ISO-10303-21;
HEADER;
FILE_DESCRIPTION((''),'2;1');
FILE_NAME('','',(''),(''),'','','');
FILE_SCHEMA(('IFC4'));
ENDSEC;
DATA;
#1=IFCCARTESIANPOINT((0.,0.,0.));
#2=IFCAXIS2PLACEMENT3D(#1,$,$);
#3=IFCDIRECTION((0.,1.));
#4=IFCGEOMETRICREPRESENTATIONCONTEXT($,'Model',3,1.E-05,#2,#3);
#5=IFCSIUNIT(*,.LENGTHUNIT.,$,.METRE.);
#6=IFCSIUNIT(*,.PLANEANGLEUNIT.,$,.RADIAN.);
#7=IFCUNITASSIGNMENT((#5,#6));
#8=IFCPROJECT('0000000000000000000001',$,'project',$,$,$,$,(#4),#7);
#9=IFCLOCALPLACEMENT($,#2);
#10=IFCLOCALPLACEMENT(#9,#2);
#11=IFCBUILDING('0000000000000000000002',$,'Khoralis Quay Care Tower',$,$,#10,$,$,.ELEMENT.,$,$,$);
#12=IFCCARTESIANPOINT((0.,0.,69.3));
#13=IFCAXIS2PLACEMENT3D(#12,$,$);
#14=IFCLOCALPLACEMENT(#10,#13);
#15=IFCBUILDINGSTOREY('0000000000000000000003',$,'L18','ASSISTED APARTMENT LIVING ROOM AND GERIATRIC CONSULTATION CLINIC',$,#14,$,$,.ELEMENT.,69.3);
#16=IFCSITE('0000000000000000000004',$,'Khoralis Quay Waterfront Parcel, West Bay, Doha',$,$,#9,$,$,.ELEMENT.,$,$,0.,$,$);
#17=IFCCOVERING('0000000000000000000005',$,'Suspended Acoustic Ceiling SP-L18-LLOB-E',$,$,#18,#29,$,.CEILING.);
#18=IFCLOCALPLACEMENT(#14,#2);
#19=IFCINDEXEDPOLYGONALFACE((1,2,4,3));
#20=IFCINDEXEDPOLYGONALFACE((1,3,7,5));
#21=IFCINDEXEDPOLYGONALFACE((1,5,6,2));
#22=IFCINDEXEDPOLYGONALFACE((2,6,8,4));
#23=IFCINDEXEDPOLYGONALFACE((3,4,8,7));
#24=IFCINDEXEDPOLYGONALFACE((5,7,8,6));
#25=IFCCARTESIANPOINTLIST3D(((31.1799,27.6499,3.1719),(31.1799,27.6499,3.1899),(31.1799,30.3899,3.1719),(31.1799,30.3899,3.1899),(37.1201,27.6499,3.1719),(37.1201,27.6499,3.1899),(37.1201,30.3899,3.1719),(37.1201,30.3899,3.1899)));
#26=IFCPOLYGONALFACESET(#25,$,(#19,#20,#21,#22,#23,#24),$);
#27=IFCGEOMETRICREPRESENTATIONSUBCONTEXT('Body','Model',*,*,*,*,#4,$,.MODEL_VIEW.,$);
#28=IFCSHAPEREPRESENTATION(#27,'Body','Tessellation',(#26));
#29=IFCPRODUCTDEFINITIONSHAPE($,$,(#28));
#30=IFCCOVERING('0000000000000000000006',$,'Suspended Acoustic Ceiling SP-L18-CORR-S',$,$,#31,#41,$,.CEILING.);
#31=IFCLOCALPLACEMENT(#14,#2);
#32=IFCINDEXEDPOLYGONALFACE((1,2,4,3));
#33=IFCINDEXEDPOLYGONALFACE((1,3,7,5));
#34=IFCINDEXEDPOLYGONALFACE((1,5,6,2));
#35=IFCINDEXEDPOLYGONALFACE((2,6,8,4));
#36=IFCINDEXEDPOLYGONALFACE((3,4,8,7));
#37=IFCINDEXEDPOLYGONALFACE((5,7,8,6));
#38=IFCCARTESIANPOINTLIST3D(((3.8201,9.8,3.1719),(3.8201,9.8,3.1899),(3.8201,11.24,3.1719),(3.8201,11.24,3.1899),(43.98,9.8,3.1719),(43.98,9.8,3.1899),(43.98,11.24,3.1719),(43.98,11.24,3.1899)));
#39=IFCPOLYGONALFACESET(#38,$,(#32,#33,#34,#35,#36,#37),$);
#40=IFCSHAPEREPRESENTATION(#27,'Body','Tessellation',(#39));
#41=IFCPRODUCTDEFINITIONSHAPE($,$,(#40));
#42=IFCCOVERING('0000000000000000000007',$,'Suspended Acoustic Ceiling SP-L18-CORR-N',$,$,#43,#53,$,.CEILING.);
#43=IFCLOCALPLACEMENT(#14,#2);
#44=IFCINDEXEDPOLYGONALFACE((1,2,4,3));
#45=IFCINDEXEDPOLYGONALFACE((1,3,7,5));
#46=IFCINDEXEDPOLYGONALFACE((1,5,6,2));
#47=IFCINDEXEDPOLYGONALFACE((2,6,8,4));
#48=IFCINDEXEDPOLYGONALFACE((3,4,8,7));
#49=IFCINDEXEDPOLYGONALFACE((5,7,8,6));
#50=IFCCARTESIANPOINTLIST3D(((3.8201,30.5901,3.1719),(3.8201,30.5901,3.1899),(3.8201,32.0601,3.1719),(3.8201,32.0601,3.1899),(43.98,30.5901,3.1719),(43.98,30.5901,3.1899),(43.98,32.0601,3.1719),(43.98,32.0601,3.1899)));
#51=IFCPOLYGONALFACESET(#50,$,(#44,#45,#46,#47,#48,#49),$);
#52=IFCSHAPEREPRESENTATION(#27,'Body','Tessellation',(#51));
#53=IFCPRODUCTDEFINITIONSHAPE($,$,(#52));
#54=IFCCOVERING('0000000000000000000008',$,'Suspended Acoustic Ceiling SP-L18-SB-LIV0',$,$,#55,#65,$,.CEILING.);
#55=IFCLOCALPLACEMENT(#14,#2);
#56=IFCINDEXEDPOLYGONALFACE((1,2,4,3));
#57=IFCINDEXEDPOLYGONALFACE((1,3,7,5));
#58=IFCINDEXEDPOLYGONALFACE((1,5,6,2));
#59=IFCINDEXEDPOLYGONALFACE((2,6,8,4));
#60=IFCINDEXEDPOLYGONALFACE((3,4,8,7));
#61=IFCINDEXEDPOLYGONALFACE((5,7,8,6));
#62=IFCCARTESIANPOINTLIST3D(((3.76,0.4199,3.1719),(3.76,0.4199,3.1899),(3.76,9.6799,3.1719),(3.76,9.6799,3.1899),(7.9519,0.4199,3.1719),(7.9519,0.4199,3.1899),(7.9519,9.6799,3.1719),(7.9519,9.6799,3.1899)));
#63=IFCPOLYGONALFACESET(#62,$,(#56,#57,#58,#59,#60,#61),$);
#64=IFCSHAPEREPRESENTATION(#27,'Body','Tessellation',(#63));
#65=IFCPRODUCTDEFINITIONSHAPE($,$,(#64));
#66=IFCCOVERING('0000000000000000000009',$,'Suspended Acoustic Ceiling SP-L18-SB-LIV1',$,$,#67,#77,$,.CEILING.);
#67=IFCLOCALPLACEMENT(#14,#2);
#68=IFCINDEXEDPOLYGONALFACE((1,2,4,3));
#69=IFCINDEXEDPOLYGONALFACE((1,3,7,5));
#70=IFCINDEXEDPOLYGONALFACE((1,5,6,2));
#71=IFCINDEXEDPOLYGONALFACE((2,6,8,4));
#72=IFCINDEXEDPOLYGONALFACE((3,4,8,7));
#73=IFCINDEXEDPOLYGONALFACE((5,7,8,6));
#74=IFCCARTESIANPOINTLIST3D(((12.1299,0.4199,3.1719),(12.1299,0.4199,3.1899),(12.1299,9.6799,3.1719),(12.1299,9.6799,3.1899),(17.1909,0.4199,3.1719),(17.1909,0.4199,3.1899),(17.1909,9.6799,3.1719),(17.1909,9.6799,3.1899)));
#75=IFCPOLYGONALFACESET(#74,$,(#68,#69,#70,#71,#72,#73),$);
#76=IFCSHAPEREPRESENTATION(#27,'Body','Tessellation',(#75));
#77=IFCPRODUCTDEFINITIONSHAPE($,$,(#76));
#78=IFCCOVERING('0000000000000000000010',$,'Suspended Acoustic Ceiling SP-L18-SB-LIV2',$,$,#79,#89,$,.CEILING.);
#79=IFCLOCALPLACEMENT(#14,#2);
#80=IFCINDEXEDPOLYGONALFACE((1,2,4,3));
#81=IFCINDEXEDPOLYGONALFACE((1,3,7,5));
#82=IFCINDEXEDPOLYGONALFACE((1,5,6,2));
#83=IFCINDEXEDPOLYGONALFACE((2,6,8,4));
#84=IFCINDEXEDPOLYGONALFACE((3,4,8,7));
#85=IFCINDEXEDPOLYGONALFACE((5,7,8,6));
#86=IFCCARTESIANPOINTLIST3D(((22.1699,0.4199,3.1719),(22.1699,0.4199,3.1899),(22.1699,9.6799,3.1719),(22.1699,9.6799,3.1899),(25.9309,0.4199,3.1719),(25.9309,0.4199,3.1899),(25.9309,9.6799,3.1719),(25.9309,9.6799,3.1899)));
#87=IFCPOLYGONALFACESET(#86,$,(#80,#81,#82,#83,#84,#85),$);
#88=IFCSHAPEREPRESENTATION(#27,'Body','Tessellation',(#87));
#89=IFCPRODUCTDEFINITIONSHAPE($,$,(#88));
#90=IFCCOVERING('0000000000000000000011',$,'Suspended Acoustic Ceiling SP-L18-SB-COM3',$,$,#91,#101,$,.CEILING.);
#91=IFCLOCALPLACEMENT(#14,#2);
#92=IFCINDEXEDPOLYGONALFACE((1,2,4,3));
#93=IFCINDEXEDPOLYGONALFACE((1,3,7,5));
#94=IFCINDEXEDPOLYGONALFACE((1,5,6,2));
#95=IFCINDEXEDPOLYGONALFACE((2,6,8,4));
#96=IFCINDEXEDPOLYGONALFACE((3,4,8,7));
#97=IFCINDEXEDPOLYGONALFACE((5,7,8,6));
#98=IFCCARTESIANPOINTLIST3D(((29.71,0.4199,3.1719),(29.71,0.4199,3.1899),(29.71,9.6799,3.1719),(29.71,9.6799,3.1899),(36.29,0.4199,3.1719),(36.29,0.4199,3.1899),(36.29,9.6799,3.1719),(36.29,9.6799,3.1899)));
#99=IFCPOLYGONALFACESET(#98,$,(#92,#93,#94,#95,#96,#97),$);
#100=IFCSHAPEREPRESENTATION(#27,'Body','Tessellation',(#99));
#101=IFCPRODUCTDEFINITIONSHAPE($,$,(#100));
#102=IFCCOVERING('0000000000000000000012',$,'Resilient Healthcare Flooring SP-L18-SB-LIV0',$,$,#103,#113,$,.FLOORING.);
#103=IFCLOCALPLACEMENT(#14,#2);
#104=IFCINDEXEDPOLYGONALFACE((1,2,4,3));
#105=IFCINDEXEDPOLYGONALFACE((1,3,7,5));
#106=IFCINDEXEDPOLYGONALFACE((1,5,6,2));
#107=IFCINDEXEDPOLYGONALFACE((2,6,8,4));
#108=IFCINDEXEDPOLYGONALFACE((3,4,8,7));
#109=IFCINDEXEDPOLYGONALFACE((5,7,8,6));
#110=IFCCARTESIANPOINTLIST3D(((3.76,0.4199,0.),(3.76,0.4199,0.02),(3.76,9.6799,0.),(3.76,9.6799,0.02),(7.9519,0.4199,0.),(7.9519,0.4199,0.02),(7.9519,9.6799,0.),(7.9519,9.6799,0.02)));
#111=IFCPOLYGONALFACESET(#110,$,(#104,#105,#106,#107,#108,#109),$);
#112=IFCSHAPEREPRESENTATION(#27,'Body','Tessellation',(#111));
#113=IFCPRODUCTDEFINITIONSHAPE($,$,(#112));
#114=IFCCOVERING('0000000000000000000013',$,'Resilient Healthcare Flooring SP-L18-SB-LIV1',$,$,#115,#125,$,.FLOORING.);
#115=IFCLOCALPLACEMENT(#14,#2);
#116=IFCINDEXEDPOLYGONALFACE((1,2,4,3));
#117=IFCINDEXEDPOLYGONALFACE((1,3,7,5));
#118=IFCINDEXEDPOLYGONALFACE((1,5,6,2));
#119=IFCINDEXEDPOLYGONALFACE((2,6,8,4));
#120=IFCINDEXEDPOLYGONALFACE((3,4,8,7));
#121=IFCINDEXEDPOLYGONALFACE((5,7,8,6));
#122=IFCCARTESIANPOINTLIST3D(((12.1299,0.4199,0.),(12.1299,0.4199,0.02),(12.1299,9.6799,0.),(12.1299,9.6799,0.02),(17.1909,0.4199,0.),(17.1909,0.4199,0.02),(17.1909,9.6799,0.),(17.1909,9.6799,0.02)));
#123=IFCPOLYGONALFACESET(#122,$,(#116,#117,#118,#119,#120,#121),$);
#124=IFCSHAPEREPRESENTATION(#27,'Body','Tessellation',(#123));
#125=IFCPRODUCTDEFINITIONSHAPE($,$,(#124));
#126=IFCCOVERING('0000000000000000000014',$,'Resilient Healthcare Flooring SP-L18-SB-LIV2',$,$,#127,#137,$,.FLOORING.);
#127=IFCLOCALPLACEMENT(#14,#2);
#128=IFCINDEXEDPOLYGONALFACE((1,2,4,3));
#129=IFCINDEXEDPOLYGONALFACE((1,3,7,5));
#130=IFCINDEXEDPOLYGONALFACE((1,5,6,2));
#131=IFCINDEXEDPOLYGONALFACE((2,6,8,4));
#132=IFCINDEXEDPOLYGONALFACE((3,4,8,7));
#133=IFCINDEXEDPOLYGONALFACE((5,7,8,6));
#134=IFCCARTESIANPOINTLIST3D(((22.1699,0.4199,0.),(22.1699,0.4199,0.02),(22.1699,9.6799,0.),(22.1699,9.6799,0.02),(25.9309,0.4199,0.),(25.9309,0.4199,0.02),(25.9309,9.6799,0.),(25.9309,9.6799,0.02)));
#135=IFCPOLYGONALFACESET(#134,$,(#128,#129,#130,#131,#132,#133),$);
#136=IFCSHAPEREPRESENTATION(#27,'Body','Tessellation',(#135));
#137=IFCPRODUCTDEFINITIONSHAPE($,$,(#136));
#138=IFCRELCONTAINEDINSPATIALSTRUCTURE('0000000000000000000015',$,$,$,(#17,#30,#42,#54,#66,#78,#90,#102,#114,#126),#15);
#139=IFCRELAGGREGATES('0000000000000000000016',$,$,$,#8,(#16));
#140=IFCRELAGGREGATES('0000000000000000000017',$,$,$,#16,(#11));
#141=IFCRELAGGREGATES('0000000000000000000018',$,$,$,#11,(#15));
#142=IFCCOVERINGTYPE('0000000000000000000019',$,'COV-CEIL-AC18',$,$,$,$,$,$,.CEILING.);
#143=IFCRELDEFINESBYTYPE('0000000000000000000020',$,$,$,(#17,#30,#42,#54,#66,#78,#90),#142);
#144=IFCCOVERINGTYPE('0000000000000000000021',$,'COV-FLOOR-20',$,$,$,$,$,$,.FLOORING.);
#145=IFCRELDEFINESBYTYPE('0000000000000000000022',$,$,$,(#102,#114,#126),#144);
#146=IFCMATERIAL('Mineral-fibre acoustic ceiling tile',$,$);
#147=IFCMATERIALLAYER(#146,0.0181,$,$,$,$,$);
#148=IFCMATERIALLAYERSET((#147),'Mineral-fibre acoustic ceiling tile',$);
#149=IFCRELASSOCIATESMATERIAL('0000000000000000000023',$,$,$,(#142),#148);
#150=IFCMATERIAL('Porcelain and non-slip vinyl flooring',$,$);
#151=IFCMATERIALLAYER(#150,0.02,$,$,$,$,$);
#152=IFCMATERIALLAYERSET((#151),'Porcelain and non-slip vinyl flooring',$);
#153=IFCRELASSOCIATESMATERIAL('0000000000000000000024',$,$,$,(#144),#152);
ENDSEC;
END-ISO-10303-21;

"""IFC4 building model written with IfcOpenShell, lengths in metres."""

from ifc_helpers import new_model, si_unit, direction, frame, origin, place, context, subcontext, project, spatial, polyline, outline, extrude, material, layer, layer_set, type_object, element, save


model = new_model("IFC4")

# Units and contexts
model_context = context("Model", 3, precision=1e-05, world=origin(), true_north=direction((0.0, 1.0)))
body_context = subcontext(model_context, "Body", "Model", "MODEL_VIEW")
ifc_project = project(units=[si_unit("LENGTHUNIT", "METRE"), si_unit("PLANEANGLEUNIT", "RADIAN")], contexts=[model_context])

# Site, building, storey
site_placement = place(None, origin())
site = spatial("IfcSite", under=ifc_project, at=site_placement, Name="Khoralis Quay Waterfront Parcel, West Bay, Doha", CompositionType="ELEMENT", RefElevation=0.0)
building_placement = place(site_placement, origin())
building = spatial("IfcBuilding", under=site, at=building_placement, Name="Khoralis Quay Care Tower", CompositionType="ELEMENT")
storey_placement = place(building_placement, frame((0.0, 0.0, 69.3)))
storey = spatial("IfcBuildingStorey", under=building, at=storey_placement, Name="L18", Description="ASSISTED APARTMENT LIVING ROOM AND GERIATRIC CONSULTATION CLINIC", CompositionType="ELEMENT", Elevation=69.3)

# Coverings
ifc_material_1 = material(Name="Mineral-fibre acoustic ceiling tile")
ifc_layer_1 = layer(ifc_material_1, 0.0181)
ifc_layer_set_1 = layer_set([ifc_layer_1], Name="Mineral-fibre acoustic ceiling tile")
covering_type_1 = type_object("IfcCoveringType", Name="COV-CEIL-AC18", PredefinedType="CEILING", material=ifc_layer_set_1)
covering_1_placement = place(storey_placement, frame((0.0, 0.0, 3.1719)))
element("IfcCovering", 1, at=covering_1_placement, inside=storey, type_object=covering_type_1, Name="Suspended Acoustic Ceiling SP-L18-LLOB-E", PredefinedType="CEILING", context=body_context, shape_type="SweptSolid", body=[
    extrude(outline(polyline([(31.1799, 27.6499), (37.1201, 27.6499), (37.1201, 30.3899), (31.1799, 30.3899), (31.1799, 27.6499)])), origin(), (0.0, 0.0, 1.0), 0.0181),
])
covering_2_placement = place(storey_placement, frame((0.0, 0.0, 3.1719)))
element("IfcCovering", 2, at=covering_2_placement, inside=storey, type_object=covering_type_1, Name="Suspended Acoustic Ceiling SP-L18-CORR-S", PredefinedType="CEILING", context=body_context, shape_type="SweptSolid", body=[
    extrude(outline(polyline([(3.8201, 9.8), (43.98, 9.8), (43.98, 11.24), (3.8201, 11.24), (3.8201, 9.8)])), origin(), (0.0, 0.0, 1.0), 0.0181),
])
covering_3_placement = place(storey_placement, frame((0.0, 0.0, 3.1719)))
element("IfcCovering", 3, at=covering_3_placement, inside=storey, type_object=covering_type_1, Name="Suspended Acoustic Ceiling SP-L18-CORR-N", PredefinedType="CEILING", context=body_context, shape_type="SweptSolid", body=[
    extrude(outline(polyline([(3.8201, 30.5901), (43.98, 30.5901), (43.98, 32.0601), (3.8201, 32.0601), (3.8201, 30.5901)])), origin(), (0.0, 0.0, 1.0), 0.0181),
])
covering_4_placement = place(storey_placement, frame((0.0, 0.0, 3.1719)))
element("IfcCovering", 4, at=covering_4_placement, inside=storey, type_object=covering_type_1, Name="Suspended Acoustic Ceiling SP-L18-SB-LIV0", PredefinedType="CEILING", context=body_context, shape_type="SweptSolid", body=[
    extrude(outline(polyline([(3.76, 0.4199), (7.9519, 0.4199), (7.9519, 9.6799), (3.76, 9.6799), (3.76, 0.4199)])), origin(), (0.0, 0.0, 1.0), 0.0181),
])
covering_5_placement = place(storey_placement, frame((0.0, 0.0, 3.1719)))
element("IfcCovering", 5, at=covering_5_placement, inside=storey, type_object=covering_type_1, Name="Suspended Acoustic Ceiling SP-L18-SB-LIV1", PredefinedType="CEILING", context=body_context, shape_type="SweptSolid", body=[
    extrude(outline(polyline([(12.1299, 0.4199), (17.1909, 0.4199), (17.1909, 9.6799), (12.1299, 9.6799), (12.1299, 0.4199)])), origin(), (0.0, 0.0, 1.0), 0.0181),
])
covering_6_placement = place(storey_placement, frame((0.0, 0.0, 3.1719)))
element("IfcCovering", 6, at=covering_6_placement, inside=storey, type_object=covering_type_1, Name="Suspended Acoustic Ceiling SP-L18-SB-LIV2", PredefinedType="CEILING", context=body_context, shape_type="SweptSolid", body=[
    extrude(outline(polyline([(22.1699, 0.4199), (25.9309, 0.4199), (25.9309, 9.6799), (22.1699, 9.6799), (22.1699, 0.4199)])), origin(), (0.0, 0.0, 1.0), 0.0181),
])
covering_7_placement = place(storey_placement, frame((0.0, 0.0, 3.1719)))
element("IfcCovering", 7, at=covering_7_placement, inside=storey, type_object=covering_type_1, Name="Suspended Acoustic Ceiling SP-L18-SB-COM3", PredefinedType="CEILING", context=body_context, shape_type="SweptSolid", body=[
    extrude(outline(polyline([(29.71, 0.4199), (36.29, 0.4199), (36.29, 9.6799), (29.71, 9.6799), (29.71, 0.4199)])), origin(), (0.0, 0.0, 1.0), 0.0181),
])
ifc_material_2 = material(Name="Porcelain and non-slip vinyl flooring")
ifc_layer_2 = layer(ifc_material_2, 0.02)
ifc_layer_set_2 = layer_set([ifc_layer_2], Name="Porcelain and non-slip vinyl flooring")
covering_type_2 = type_object("IfcCoveringType", Name="COV-FLOOR-20", PredefinedType="FLOORING", material=ifc_layer_set_2)
covering_8_placement = place(storey_placement, origin())
element("IfcCovering", 8, at=covering_8_placement, inside=storey, type_object=covering_type_2, Name="Resilient Healthcare Flooring SP-L18-SB-LIV0", PredefinedType="FLOORING", context=body_context, shape_type="SweptSolid", body=[
    extrude(outline(polyline([(3.76, 0.4199), (7.9519, 0.4199), (7.9519, 9.6799), (3.76, 9.6799), (3.76, 0.4199)])), origin(), (0.0, 0.0, 1.0), 0.02),
])
covering_9_placement = place(storey_placement, origin())
element("IfcCovering", 9, at=covering_9_placement, inside=storey, type_object=covering_type_2, Name="Resilient Healthcare Flooring SP-L18-SB-LIV1", PredefinedType="FLOORING", context=body_context, shape_type="SweptSolid", body=[
    extrude(outline(polyline([(12.1299, 0.4199), (17.1909, 0.4199), (17.1909, 9.6799), (12.1299, 9.6799), (12.1299, 0.4199)])), origin(), (0.0, 0.0, 1.0), 0.02),
])
covering_10_placement = place(storey_placement, origin())
element("IfcCovering", 10, at=covering_10_placement, inside=storey, type_object=covering_type_2, Name="Resilient Healthcare Flooring SP-L18-SB-LIV2", PredefinedType="FLOORING", context=body_context, shape_type="SweptSolid", body=[
    extrude(outline(polyline([(22.1699, 0.4199), (25.9309, 0.4199), (25.9309, 9.6799), (22.1699, 9.6799), (22.1699, 0.4199)])), origin(), (0.0, 0.0, 1.0), 0.02),
])

save(model, "model.ifc")
